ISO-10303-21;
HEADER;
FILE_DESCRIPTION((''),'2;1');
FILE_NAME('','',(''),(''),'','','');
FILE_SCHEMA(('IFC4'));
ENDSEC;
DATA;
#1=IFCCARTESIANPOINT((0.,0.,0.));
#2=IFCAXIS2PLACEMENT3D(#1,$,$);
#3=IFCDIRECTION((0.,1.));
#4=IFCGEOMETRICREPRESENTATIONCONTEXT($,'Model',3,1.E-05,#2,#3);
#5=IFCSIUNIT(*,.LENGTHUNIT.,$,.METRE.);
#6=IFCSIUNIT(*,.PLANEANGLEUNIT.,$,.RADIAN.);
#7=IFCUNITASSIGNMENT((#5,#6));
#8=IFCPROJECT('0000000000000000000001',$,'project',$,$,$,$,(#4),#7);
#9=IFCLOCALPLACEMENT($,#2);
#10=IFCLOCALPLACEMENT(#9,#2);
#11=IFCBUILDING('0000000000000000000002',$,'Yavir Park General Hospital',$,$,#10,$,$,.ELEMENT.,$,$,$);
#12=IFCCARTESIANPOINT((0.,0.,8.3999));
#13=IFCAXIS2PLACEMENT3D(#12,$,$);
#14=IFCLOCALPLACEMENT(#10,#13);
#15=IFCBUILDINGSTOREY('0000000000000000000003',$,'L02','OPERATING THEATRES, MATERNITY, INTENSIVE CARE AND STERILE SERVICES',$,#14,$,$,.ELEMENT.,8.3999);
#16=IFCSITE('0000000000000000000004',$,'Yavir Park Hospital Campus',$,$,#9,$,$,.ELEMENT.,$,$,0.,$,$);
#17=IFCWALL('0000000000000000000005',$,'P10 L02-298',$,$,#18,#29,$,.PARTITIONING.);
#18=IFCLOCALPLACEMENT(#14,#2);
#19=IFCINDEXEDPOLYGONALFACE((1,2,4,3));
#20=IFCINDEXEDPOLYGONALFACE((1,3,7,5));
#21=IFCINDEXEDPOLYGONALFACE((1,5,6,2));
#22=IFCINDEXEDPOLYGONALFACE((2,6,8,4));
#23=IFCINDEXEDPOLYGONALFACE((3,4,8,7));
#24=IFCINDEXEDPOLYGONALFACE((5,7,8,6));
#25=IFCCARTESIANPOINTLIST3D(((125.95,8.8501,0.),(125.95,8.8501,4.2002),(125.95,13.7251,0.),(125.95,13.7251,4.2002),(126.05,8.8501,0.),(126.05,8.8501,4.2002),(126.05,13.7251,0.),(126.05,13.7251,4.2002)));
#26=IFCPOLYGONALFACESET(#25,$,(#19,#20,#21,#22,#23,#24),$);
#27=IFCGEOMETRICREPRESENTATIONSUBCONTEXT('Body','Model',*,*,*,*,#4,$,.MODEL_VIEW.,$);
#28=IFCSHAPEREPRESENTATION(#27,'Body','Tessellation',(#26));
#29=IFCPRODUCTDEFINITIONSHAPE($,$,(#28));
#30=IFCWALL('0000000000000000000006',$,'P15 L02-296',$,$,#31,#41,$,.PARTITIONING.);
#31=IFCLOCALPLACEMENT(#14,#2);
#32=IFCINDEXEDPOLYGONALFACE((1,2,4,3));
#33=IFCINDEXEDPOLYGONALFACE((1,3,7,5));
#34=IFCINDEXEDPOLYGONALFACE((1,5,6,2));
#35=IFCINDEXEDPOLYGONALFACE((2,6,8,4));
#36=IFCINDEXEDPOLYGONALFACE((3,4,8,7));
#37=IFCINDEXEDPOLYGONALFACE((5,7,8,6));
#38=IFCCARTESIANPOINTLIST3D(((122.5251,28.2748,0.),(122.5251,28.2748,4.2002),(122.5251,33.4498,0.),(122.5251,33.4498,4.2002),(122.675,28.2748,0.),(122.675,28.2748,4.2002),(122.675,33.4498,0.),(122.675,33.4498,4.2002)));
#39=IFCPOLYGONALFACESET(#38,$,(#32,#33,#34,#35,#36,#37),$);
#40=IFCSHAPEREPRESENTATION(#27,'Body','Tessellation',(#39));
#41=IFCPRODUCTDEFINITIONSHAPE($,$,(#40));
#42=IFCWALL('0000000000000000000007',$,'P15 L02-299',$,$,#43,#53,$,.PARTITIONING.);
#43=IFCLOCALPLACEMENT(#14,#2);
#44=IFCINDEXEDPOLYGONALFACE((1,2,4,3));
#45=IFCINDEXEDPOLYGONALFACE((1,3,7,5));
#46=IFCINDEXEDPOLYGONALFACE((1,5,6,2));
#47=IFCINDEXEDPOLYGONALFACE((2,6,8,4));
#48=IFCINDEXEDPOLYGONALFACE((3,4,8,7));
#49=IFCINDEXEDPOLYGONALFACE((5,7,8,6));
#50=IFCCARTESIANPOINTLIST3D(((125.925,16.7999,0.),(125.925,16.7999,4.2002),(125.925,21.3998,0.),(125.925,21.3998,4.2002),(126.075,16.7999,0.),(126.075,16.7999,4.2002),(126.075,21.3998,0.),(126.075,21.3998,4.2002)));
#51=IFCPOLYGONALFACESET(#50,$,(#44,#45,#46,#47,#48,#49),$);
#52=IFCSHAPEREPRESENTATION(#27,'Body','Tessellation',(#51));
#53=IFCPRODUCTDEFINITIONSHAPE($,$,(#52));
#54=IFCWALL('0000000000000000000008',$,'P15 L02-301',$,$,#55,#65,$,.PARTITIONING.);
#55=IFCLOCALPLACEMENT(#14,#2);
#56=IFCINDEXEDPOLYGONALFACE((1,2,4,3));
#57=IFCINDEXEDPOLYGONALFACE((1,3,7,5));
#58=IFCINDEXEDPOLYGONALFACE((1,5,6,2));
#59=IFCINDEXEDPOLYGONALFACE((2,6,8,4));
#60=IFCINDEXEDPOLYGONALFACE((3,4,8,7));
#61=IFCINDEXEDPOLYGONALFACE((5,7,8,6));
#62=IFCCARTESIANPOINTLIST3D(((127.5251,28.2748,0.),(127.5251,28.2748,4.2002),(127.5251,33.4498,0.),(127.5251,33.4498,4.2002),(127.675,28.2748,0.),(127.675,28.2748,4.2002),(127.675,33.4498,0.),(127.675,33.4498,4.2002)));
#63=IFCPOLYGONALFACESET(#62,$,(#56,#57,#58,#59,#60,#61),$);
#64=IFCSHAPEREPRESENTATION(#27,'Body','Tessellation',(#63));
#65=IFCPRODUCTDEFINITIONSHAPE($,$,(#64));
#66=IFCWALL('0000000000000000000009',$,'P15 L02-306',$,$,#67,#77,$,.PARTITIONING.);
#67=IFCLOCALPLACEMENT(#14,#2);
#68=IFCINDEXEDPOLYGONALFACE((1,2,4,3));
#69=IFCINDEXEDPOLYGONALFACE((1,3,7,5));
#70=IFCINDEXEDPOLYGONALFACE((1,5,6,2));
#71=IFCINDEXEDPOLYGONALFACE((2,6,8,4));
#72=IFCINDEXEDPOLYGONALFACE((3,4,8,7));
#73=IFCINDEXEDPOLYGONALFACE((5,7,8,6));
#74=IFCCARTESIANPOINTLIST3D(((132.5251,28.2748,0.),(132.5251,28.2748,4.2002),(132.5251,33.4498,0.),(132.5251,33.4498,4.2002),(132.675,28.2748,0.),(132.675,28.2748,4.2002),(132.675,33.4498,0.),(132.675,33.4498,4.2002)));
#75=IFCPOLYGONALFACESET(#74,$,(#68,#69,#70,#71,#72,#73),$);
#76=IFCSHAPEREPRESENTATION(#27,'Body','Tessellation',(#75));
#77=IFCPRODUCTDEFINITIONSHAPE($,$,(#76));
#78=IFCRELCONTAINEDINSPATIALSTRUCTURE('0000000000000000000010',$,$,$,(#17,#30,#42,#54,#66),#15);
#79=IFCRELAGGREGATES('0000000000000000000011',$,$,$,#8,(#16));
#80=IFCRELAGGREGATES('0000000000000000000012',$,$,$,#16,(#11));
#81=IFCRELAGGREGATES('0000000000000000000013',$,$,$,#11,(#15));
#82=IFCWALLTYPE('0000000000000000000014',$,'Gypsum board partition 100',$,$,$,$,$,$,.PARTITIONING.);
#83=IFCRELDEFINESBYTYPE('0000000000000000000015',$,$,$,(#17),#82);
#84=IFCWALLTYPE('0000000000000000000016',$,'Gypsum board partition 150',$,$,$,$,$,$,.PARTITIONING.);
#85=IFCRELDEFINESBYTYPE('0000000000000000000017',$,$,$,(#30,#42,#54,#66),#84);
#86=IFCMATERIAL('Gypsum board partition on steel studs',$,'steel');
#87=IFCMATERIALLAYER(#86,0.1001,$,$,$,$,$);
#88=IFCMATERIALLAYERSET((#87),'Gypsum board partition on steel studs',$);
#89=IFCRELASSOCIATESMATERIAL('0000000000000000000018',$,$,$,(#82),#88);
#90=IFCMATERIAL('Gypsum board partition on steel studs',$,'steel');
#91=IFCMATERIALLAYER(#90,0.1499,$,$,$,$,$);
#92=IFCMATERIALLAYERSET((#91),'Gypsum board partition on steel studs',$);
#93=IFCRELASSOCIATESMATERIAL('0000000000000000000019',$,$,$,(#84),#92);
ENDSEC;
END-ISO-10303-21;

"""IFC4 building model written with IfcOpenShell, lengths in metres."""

from ifc_helpers import new_model, si_unit, direction, frame, frame_2d, origin, place, context, subcontext, project, spatial, rectangle, extrude, material, layer, layer_set, type_object, element, save


model = new_model("IFC4")

# Units and contexts
model_context = context("Model", 3, precision=1e-05, world=origin(), true_north=direction((0.0, 1.0)))
body_context = subcontext(model_context, "Body", "Model", "MODEL_VIEW")
ifc_project = project(units=[si_unit("LENGTHUNIT", "METRE"), si_unit("PLANEANGLEUNIT", "RADIAN")], contexts=[model_context])

# Site, building, storey
site_placement = place(None, origin())
site = spatial("IfcSite", under=ifc_project, at=site_placement, Name="Yavir Park Hospital Campus", CompositionType="ELEMENT", RefElevation=0.0)
building_placement = place(site_placement, origin())
building = spatial("IfcBuilding", under=site, at=building_placement, Name="Yavir Park General Hospital", CompositionType="ELEMENT")
storey_placement = place(building_placement, frame((0.0, 0.0, 8.3999)))
storey = spatial("IfcBuildingStorey", under=building, at=storey_placement, Name="L02", Description="OPERATING THEATRES, MATERNITY, INTENSIVE CARE AND STERILE SERVICES", CompositionType="ELEMENT", Elevation=8.3999)

# Walls
ifc_material_1 = material(Name="Gypsum board partition on steel studs", Category="steel")
ifc_layer_1 = layer(ifc_material_1, 0.1001)
ifc_layer_set_1 = layer_set([ifc_layer_1], Name="Gypsum board partition on steel studs")
wall_type_1 = type_object("IfcWallType", Name="Gypsum board partition 100", PredefinedType="PARTITIONING", material=ifc_layer_set_1)
wall_1_placement = place(storey_placement, frame((126.0, 8.8501, 0.0), z_axis=(0.0, 0.0, 1.0), x_axis=(0.0, 1.0, 0.0)))
element("IfcWall", 1, at=wall_1_placement, inside=storey, type_object=wall_type_1, Name="P10 L02-298", PredefinedType="PARTITIONING", context=body_context, shape_type="SweptSolid", body=[
    extrude(rectangle(XDim=4.875, YDim=0.1001, at=frame_2d((2.4375, 0.0))), origin(), (0.0, 0.0, 1.0), 4.2002),
])
ifc_material_2 = material(Name="Gypsum board partition on steel studs", Category="steel")
ifc_layer_2 = layer(ifc_material_2, 0.1499)
ifc_layer_set_2 = layer_set([ifc_layer_2], Name="Gypsum board partition on steel studs")
wall_type_2 = type_object("IfcWallType", Name="Gypsum board partition 150", PredefinedType="PARTITIONING", material=ifc_layer_set_2)
wall_2_placement = place(storey_placement, frame((122.6001, 28.2749, 0.0), z_axis=(0.0, 0.0, 1.0), x_axis=(0.0, 1.0, 0.0)))
element("IfcWall", 2, at=wall_2_placement, inside=storey, type_object=wall_type_2, Name="P15 L02-296", PredefinedType="PARTITIONING", context=body_context, shape_type="SweptSolid", body=[
    extrude(rectangle(XDim=5.175, YDim=0.1499, at=frame_2d((2.5874, 0.0))), origin(), (0.0, 0.0, 1.0), 4.2002),
])
wall_3_placement = place(storey_placement, frame((126.0, 16.8, 0.0), z_axis=(0.0, 0.0, 1.0), x_axis=(0.0, 1.0, 0.0)))
element("IfcWall", 3, at=wall_3_placement, inside=storey, type_object=wall_type_2, Name="P15 L02-299", PredefinedType="PARTITIONING", context=body_context, shape_type="SweptSolid", body=[
    extrude(rectangle(XDim=4.5999, YDim=0.1499, at=frame_2d((2.2998, 0.0))), origin(), (0.0, 0.0, 1.0), 4.2002),
])
for number, where, z_axis, x_axis, name in (
    (4, (127.6001, 28.2749, 0.0), (0.0, 0.0, 1.0), (0.0, 1.0, 0.0), "P15 L02-301"),
    (5, (132.6001, 28.2749, 0.0), (0.0, 0.0, 1.0), (0.0, 1.0, 0.0), "P15 L02-306"),
):
    element("IfcWall", number, at=place(storey_placement, frame(where, z_axis=z_axis, x_axis=x_axis)), inside=storey, type_object=wall_type_2, Name=name, PredefinedType="PARTITIONING", context=body_context, shape_type="SweptSolid", body=[
        extrude(rectangle(XDim=5.175, YDim=0.1499, at=frame_2d((2.5874, 0.0))), origin(), (0.0, 0.0, 1.0), 4.2002),
    ])

save(model, "model.ifc")
